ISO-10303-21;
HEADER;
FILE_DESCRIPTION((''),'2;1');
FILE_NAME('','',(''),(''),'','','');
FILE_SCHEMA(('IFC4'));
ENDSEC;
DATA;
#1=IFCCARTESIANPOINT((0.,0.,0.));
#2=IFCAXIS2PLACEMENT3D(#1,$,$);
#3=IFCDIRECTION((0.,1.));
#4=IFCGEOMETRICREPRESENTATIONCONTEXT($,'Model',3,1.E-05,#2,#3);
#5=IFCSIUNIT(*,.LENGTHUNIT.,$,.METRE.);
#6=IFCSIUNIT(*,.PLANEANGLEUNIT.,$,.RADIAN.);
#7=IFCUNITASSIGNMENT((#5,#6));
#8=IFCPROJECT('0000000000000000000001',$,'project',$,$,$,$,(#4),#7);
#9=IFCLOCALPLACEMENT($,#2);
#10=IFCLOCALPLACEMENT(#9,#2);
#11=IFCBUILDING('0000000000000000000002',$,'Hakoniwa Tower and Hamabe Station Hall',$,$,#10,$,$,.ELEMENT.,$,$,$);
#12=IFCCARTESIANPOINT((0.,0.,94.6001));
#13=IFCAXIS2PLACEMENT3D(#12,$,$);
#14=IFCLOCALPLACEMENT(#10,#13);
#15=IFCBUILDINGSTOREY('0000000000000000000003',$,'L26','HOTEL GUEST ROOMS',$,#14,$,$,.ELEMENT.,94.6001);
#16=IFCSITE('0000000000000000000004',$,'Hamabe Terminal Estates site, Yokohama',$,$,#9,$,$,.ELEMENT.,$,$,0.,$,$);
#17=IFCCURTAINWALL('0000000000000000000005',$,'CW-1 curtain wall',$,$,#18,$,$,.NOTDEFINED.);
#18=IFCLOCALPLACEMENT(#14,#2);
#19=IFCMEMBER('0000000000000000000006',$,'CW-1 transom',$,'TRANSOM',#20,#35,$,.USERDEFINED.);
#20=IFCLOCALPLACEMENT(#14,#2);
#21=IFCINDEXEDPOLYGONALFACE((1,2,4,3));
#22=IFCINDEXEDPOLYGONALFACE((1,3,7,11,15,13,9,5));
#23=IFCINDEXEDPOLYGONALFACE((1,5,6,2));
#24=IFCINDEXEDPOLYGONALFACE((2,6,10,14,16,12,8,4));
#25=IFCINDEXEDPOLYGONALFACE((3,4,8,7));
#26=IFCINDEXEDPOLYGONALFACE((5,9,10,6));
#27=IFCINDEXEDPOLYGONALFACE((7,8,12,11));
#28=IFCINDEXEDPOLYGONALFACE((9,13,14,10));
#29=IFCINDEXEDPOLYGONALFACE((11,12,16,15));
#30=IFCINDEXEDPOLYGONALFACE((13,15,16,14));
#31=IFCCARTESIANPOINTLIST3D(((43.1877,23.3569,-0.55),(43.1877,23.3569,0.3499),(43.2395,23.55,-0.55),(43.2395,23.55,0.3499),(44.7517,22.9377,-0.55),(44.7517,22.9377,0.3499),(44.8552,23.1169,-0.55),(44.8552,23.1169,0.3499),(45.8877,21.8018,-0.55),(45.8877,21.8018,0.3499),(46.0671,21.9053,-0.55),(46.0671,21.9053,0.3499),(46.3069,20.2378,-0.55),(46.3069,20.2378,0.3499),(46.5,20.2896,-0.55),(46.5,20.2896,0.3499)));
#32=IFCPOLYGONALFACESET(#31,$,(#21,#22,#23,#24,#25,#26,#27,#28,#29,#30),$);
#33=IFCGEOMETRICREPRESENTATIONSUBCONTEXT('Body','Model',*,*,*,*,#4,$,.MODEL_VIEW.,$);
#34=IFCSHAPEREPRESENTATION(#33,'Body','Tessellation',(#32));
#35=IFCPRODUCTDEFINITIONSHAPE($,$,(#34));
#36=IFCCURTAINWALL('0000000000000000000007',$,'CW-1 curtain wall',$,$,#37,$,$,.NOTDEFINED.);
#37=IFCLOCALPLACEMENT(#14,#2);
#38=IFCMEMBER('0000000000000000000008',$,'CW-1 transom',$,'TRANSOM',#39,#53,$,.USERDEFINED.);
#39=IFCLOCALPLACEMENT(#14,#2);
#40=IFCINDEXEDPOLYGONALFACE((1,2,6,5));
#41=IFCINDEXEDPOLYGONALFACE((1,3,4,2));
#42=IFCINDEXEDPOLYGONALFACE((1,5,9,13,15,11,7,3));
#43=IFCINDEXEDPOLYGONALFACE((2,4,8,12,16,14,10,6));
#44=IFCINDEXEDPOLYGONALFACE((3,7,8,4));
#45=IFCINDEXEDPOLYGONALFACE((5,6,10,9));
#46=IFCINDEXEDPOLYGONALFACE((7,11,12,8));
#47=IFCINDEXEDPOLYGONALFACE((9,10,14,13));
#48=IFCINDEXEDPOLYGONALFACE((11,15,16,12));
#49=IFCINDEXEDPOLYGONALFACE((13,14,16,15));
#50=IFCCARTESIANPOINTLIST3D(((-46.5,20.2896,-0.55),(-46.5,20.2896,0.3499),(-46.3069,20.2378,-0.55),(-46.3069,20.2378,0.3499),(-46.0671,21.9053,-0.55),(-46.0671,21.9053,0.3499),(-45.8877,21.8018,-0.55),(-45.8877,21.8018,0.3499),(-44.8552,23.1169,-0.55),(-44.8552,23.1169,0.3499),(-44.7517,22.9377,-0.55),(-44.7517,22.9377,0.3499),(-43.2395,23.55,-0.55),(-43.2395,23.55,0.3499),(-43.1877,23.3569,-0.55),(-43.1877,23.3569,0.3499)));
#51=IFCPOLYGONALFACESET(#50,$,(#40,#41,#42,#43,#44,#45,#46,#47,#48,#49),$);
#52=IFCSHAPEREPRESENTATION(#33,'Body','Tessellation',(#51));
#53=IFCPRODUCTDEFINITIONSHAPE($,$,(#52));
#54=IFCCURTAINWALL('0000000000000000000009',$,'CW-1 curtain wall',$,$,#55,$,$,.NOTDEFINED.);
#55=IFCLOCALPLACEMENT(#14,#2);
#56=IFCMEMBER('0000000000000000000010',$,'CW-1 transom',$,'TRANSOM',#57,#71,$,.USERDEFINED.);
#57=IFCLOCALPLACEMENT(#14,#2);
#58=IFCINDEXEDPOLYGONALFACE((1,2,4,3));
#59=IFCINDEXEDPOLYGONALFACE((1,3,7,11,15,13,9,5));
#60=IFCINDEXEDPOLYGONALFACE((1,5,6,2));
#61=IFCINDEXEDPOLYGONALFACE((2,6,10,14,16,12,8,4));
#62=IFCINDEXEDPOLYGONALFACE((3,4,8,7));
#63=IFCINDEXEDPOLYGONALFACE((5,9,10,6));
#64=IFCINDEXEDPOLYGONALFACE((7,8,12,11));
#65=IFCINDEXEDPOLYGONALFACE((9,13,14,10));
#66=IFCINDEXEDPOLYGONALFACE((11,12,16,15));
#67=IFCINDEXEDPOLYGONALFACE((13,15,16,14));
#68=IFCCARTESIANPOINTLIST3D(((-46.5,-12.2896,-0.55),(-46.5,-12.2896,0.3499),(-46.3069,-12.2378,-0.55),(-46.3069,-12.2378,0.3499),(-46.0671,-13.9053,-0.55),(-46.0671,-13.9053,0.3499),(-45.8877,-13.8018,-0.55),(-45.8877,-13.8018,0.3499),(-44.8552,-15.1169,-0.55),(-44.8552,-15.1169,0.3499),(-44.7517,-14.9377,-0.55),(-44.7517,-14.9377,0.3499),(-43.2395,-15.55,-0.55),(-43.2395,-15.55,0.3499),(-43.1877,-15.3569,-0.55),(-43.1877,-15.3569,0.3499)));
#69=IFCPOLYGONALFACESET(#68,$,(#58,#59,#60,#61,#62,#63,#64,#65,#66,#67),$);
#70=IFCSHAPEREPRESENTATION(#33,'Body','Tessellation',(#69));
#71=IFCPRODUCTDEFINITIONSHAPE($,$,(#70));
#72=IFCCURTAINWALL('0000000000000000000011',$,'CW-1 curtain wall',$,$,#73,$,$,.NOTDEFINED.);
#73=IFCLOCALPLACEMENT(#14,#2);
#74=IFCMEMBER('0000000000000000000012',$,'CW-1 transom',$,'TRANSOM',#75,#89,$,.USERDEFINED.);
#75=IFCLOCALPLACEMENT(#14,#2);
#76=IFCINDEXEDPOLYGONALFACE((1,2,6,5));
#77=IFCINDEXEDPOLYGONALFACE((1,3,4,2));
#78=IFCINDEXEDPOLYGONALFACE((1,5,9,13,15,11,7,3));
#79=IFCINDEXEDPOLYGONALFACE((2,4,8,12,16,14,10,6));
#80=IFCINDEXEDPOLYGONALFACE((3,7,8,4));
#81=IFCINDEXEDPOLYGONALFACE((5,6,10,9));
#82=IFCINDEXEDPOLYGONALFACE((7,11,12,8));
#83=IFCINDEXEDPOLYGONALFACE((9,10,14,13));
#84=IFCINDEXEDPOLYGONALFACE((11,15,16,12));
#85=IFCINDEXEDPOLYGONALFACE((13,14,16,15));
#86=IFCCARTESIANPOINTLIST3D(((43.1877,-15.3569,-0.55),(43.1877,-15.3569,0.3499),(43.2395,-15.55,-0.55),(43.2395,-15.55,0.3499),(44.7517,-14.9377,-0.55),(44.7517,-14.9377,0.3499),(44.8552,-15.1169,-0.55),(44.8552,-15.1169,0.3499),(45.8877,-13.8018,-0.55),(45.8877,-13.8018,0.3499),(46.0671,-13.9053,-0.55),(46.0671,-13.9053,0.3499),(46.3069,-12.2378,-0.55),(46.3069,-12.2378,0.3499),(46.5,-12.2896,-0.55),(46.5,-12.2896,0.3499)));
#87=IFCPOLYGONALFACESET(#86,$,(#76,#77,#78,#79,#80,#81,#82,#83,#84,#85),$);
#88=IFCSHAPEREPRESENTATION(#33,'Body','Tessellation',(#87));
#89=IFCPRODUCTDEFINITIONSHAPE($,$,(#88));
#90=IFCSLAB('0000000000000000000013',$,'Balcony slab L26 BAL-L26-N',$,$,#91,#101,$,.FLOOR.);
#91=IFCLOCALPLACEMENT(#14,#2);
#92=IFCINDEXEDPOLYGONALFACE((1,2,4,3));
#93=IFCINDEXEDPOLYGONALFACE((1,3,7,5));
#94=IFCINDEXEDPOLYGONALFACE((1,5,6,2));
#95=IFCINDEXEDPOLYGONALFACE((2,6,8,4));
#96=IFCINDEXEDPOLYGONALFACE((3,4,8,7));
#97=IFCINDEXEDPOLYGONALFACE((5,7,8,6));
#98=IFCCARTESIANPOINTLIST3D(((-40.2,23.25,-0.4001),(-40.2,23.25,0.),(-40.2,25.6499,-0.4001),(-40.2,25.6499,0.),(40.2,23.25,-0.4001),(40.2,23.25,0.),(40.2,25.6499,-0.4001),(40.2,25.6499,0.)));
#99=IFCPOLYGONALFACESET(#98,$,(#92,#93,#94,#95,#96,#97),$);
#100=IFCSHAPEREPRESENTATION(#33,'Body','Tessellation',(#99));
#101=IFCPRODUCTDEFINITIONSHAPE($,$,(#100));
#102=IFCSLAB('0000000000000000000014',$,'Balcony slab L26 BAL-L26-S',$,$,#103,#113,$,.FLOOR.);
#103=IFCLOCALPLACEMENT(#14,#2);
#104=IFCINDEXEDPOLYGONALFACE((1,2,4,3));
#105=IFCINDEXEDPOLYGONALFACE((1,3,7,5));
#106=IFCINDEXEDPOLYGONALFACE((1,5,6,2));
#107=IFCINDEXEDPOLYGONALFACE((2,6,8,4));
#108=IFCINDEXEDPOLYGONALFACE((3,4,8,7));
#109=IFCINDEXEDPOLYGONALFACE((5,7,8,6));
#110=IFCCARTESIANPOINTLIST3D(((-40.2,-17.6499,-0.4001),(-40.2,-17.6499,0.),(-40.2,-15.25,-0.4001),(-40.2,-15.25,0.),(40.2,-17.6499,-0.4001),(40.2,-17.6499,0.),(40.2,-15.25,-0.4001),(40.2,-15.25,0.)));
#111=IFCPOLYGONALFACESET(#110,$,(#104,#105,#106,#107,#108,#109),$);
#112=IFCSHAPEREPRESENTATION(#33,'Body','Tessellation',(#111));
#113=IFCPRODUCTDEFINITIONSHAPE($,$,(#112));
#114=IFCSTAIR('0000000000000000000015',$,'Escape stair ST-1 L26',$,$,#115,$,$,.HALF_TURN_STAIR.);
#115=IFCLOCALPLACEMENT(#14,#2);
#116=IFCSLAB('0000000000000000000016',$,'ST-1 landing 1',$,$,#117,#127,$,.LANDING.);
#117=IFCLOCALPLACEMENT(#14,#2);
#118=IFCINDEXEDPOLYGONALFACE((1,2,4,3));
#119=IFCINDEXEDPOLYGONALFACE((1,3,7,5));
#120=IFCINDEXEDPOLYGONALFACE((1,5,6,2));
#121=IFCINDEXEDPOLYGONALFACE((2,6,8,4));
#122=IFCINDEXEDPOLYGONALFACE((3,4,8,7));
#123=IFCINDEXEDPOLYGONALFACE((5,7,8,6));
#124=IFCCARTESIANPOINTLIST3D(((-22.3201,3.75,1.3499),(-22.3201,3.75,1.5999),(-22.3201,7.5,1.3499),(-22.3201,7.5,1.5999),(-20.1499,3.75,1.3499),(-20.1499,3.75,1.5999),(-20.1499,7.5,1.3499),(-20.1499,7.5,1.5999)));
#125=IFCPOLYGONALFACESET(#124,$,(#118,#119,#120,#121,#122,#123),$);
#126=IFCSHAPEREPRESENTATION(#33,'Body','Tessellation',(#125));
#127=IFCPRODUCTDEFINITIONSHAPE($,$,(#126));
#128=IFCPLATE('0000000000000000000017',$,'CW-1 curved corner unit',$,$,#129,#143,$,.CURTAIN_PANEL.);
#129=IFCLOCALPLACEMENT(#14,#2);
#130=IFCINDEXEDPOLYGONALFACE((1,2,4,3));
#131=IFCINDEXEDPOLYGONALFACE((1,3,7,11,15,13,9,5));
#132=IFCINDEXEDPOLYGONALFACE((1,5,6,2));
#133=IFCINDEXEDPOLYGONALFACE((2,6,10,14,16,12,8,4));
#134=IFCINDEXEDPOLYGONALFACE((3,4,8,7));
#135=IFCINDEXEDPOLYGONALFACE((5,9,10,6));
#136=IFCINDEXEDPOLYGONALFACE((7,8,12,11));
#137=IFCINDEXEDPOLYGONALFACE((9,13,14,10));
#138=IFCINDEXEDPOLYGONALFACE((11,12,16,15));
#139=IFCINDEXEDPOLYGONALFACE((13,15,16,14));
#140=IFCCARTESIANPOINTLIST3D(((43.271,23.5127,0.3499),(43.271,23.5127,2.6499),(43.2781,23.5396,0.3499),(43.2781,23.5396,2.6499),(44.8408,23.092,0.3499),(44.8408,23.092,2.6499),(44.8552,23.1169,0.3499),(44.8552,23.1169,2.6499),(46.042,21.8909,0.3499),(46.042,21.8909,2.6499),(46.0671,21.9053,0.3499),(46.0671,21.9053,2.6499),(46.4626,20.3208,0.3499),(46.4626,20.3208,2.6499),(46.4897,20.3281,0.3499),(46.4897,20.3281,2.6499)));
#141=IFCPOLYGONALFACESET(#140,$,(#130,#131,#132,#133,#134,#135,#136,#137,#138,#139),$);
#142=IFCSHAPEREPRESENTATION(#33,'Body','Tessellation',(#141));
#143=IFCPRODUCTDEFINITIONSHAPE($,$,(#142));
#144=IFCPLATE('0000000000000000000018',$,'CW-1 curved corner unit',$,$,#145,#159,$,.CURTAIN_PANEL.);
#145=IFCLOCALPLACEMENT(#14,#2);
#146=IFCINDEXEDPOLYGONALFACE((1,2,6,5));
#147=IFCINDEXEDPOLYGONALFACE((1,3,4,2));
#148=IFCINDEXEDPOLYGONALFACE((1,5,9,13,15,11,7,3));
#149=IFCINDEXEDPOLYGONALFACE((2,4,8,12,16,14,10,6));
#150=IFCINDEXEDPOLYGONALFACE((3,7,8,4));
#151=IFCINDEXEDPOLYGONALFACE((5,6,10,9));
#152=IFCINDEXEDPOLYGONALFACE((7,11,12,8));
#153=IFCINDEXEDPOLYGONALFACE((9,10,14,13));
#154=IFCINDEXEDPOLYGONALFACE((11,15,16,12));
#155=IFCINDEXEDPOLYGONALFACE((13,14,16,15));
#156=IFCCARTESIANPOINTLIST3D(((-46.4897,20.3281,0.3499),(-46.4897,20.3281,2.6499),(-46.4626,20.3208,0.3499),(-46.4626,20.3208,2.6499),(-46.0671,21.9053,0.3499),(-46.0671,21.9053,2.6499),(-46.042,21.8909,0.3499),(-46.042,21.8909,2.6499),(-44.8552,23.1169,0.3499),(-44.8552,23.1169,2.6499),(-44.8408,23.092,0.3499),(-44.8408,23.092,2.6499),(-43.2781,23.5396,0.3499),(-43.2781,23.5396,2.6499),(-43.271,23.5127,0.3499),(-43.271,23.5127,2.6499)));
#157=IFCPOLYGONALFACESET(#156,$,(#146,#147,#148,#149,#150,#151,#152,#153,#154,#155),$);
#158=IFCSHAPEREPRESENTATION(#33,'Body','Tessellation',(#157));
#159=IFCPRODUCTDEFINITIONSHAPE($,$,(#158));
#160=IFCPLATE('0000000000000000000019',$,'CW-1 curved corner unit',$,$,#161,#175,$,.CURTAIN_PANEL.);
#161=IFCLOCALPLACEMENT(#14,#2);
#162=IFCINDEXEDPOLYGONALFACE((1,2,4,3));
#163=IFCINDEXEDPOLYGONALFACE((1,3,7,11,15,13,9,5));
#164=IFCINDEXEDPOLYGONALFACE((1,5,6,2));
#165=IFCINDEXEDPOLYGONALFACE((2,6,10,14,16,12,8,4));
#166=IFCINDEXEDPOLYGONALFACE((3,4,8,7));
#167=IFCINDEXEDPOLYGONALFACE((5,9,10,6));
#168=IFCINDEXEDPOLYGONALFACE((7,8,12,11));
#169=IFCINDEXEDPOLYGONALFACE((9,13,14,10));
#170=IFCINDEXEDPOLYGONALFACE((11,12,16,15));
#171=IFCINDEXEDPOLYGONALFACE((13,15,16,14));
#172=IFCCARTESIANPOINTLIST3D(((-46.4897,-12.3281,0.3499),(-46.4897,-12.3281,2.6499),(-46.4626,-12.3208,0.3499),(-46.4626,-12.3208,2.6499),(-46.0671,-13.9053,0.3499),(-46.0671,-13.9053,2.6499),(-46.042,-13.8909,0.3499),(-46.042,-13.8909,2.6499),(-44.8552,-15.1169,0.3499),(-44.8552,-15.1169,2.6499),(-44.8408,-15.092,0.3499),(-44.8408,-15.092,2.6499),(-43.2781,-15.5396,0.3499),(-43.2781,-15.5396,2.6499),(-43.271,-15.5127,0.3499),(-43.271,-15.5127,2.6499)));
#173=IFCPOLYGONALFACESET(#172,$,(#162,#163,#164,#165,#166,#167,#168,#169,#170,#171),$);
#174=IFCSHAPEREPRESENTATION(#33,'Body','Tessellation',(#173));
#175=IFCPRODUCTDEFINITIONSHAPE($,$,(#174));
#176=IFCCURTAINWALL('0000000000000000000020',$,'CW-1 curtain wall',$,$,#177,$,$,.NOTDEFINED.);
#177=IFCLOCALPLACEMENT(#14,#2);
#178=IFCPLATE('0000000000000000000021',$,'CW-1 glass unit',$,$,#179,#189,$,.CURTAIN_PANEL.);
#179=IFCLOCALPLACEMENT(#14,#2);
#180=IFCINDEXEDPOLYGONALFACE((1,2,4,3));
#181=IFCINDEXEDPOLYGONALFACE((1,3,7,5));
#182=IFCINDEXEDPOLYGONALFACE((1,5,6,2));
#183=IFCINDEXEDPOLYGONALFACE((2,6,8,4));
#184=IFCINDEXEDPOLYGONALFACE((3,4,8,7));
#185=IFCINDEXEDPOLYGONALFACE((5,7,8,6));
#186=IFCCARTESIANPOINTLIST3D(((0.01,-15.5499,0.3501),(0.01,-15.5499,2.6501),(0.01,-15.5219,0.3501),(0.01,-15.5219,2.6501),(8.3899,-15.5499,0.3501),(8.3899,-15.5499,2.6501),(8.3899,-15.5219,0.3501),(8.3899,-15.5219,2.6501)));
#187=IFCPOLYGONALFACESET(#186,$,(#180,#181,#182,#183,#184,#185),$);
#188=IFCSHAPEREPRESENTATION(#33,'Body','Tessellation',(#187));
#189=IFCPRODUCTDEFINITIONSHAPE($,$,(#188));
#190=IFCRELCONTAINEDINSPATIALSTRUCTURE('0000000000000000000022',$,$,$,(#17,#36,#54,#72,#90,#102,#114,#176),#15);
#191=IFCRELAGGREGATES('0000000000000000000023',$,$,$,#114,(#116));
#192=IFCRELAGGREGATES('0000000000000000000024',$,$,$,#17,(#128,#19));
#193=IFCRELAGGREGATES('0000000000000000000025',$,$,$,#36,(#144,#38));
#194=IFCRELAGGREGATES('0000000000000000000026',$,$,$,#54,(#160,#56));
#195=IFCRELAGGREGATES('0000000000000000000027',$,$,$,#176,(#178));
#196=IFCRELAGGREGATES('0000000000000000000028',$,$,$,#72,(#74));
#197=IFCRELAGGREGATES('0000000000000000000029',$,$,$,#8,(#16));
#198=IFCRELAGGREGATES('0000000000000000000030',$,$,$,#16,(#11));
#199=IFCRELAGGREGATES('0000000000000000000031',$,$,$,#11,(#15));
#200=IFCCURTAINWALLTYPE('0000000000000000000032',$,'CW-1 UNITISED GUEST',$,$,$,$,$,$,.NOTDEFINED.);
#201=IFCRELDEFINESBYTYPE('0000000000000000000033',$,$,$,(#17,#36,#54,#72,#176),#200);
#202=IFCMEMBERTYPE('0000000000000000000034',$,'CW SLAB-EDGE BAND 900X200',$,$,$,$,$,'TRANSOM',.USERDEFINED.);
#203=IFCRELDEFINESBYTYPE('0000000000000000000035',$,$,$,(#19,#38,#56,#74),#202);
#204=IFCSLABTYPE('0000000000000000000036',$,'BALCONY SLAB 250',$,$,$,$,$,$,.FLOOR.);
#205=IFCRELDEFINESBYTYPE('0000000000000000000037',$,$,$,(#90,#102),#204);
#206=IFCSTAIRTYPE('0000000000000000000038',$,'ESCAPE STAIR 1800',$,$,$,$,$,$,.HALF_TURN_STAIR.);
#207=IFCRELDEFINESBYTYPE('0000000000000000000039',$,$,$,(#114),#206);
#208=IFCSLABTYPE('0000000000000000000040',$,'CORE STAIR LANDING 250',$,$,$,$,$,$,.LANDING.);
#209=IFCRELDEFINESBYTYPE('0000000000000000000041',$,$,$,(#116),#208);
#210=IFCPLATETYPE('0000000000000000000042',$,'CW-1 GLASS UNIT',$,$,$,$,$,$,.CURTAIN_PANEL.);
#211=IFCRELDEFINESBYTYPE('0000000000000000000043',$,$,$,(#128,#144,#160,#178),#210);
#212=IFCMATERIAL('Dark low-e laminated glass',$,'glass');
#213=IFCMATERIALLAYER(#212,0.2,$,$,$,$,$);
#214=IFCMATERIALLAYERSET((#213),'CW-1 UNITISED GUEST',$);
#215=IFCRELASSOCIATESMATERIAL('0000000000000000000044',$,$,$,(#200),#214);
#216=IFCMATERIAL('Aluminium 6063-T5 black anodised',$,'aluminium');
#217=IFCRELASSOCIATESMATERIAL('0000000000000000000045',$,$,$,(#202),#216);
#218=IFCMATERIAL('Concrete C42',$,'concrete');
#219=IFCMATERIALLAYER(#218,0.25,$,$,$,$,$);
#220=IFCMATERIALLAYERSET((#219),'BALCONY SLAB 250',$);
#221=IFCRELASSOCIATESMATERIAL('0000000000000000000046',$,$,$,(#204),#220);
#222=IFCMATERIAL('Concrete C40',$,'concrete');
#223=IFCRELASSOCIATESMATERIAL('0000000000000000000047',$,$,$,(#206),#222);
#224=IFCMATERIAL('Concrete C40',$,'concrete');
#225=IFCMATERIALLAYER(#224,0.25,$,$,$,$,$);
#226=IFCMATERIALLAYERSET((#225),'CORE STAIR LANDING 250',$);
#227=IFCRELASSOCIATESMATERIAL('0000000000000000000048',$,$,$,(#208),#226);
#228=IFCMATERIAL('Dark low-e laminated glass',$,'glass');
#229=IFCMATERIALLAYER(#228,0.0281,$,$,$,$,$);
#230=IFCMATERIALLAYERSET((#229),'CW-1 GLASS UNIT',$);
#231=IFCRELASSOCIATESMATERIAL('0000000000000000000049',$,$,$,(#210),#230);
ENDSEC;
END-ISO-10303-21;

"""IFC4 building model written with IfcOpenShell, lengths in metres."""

from ifc_helpers import new_model, si_unit, direction, frame, origin, origin_2d, place, context, subcontext, project, spatial, polyline, rectangle, outline, extrude, material, layer, layer_set, material_profile, profile_set, type_object, element, aggregate, save


model = new_model("IFC4")

# Units and contexts
model_context = context("Model", 3, precision=1e-05, world=origin(), true_north=direction((0.0, 1.0)))
body_context = subcontext(model_context, "Body", "Model", "MODEL_VIEW")
ifc_project = project(units=[si_unit("LENGTHUNIT", "METRE"), si_unit("PLANEANGLEUNIT", "RADIAN")], contexts=[model_context])

# Site, building, storey
site_placement = place(None, origin())
site = spatial("IfcSite", under=ifc_project, at=site_placement, Name="Hamabe Terminal Estates site, Yokohama", CompositionType="ELEMENT", RefElevation=0.0)
building_placement = place(site_placement, origin())
building = spatial("IfcBuilding", under=site, at=building_placement, Name="Hakoniwa Tower and Hamabe Station Hall", CompositionType="ELEMENT")
storey_placement = place(building_placement, frame((0.0, 0.0, 94.6001)))
storey = spatial("IfcBuildingStorey", under=building, at=storey_placement, Name="L26", Description="HOTEL GUEST ROOMS", CompositionType="ELEMENT", Elevation=94.6001)

# Curtain walls, members
ifc_material_1 = material(Name="Dark low-e laminated glass", Category="glass")
ifc_layer_1 = layer(ifc_material_1, 0.2)
ifc_layer_set_1 = layer_set([ifc_layer_1], Name="CW-1 UNITISED GUEST")
curtain_wall_type = type_object("IfcCurtainWallType", Name="CW-1 UNITISED GUEST", PredefinedType="NOTDEFINED", material=ifc_layer_set_1)
curtain_wall_1_placement = place(storey_placement, origin())
curtain_wall_1 = element("IfcCurtainWall", 1, at=curtain_wall_1_placement, inside=storey, type_object=curtain_wall_type, Name="CW-1 curtain wall", PredefinedType="NOTDEFINED")
ifc_material_2 = material(Name="Aluminium 6063-T5 black anodised", Category="aluminium")
ifc_material_profile = material_profile(ifc_material_2, rectangle(XDim=0.2, YDim=0.8999, at=origin_2d()), Name="CW SLAB-EDGE BAND 900X200")
ifc_profile_set = profile_set([ifc_material_profile], Name="Aluminium 6063-T5 black anodised")
member_type = type_object("IfcMemberType", Name="CW SLAB-EDGE BAND 900X200", ElementType="TRANSOM", PredefinedType="USERDEFINED", material=ifc_profile_set)
member_1_placement = place(storey_placement, frame((0.0, 0.0, -0.55)))
member_1 = element("IfcMember", 2, at=member_1_placement, type_object=member_type, Name="CW-1 transom", ObjectType="TRANSOM", PredefinedType="USERDEFINED", context=body_context, shape_type="SweptSolid", body=[
    extrude(outline(polyline([(46.5, 20.2896), (46.0671, 21.9053), (44.8552, 23.1169), (43.2395, 23.55), (43.1877, 23.3569), (44.7517, 22.9377), (45.8877, 21.8018), (46.3069, 20.2378), (46.5, 20.2896)])), origin(), (0.0, 0.0, 1.0), 0.8999),
])
curtain_wall_2_placement = place(storey_placement, origin())
curtain_wall_2 = element("IfcCurtainWall", 3, at=curtain_wall_2_placement, inside=storey, type_object=curtain_wall_type, Name="CW-1 curtain wall", PredefinedType="NOTDEFINED")
member_2_placement = place(storey_placement, frame((0.0, 0.0, -0.55)))
member_2 = element("IfcMember", 4, at=member_2_placement, type_object=member_type, Name="CW-1 transom", ObjectType="TRANSOM", PredefinedType="USERDEFINED", context=body_context, shape_type="SweptSolid", body=[
    extrude(outline(polyline([(-43.2395, 23.55), (-44.8552, 23.1169), (-46.0671, 21.9053), (-46.5, 20.2896), (-46.3069, 20.2378), (-45.8877, 21.8018), (-44.7517, 22.9377), (-43.1877, 23.3569), (-43.2395, 23.55)])), origin(), (0.0, 0.0, 1.0), 0.8999),
])
curtain_wall_3_placement = place(storey_placement, origin())
curtain_wall_3 = element("IfcCurtainWall", 5, at=curtain_wall_3_placement, inside=storey, type_object=curtain_wall_type, Name="CW-1 curtain wall", PredefinedType="NOTDEFINED")
member_3_placement = place(storey_placement, frame((0.0, 0.0, -0.55)))
member_3 = element("IfcMember", 6, at=member_3_placement, type_object=member_type, Name="CW-1 transom", ObjectType="TRANSOM", PredefinedType="USERDEFINED", context=body_context, shape_type="SweptSolid", body=[
    extrude(outline(polyline([(-46.5, -12.2896), (-46.0671, -13.9053), (-44.8552, -15.1169), (-43.2395, -15.55), (-43.1877, -15.3569), (-44.7517, -14.9377), (-45.8877, -13.8018), (-46.3069, -12.2378), (-46.5, -12.2896)])), origin(), (0.0, 0.0, 1.0), 0.8999),
])
curtain_wall_4_placement = place(storey_placement, origin())
curtain_wall_4 = element("IfcCurtainWall", 7, at=curtain_wall_4_placement, inside=storey, type_object=curtain_wall_type, Name="CW-1 curtain wall", PredefinedType="NOTDEFINED")
member_4_placement = place(storey_placement, frame((0.0, 0.0, -0.55)))
member_4 = element("IfcMember", 8, at=member_4_placement, type_object=member_type, Name="CW-1 transom", ObjectType="TRANSOM", PredefinedType="USERDEFINED", context=body_context, shape_type="SweptSolid", body=[
    extrude(outline(polyline([(43.2395, -15.55), (44.8552, -15.1169), (46.0671, -13.9053), (46.5, -12.2896), (46.3069, -12.2378), (45.8877, -13.8018), (44.7517, -14.9377), (43.1877, -15.3569), (43.2395, -15.55)])), origin(), (0.0, 0.0, 1.0), 0.8999),
])

# Slabs
ifc_material_3 = material(Name="Concrete C42", Category="concrete")
ifc_layer_2 = layer(ifc_material_3, 0.25)
ifc_layer_set_2 = layer_set([ifc_layer_2], Name="BALCONY SLAB 250")
slab_type_1 = type_object("IfcSlabType", Name="BALCONY SLAB 250", PredefinedType="FLOOR", material=ifc_layer_set_2)
slab_1_placement = place(storey_placement, frame((0.0, 0.0, -0.4001)))
element("IfcSlab", 9, at=slab_1_placement, inside=storey, type_object=slab_type_1, Name="Balcony slab L26 BAL-L26-N", PredefinedType="FLOOR", context=body_context, shape_type="SweptSolid", body=[
    extrude(outline(polyline([(-40.2, 23.25), (40.2, 23.25), (40.2, 25.6499), (-40.2, 25.6499), (-40.2, 23.25)])), origin(), (0.0, 0.0, 1.0), 0.4001),
])
slab_2_placement = place(storey_placement, frame((0.0, 0.0, -0.4001)))
element("IfcSlab", 10, at=slab_2_placement, inside=storey, type_object=slab_type_1, Name="Balcony slab L26 BAL-L26-S", PredefinedType="FLOOR", context=body_context, shape_type="SweptSolid", body=[
    extrude(outline(polyline([(-40.2, -17.6499), (40.2, -17.6499), (40.2, -15.25), (-40.2, -15.25), (-40.2, -17.6499)])), origin(), (0.0, 0.0, 1.0), 0.4001),
])

# Stair, slab
ifc_material_4 = material(Name="Concrete C40", Category="concrete")
stair_type = type_object("IfcStairType", Name="ESCAPE STAIR 1800", PredefinedType="HALF_TURN_STAIR", material=ifc_material_4)
stair_placement = place(storey_placement, origin())
stair = element("IfcStair", 11, at=stair_placement, inside=storey, type_object=stair_type, Name="Escape stair ST-1 L26", PredefinedType="HALF_TURN_STAIR")
ifc_material_5 = material(Name="Concrete C40", Category="concrete")
ifc_layer_3 = layer(ifc_material_5, 0.25)
ifc_layer_set_3 = layer_set([ifc_layer_3], Name="CORE STAIR LANDING 250")
slab_type_2 = type_object("IfcSlabType", Name="CORE STAIR LANDING 250", PredefinedType="LANDING", material=ifc_layer_set_3)
slab_3_placement = place(storey_placement, frame((0.0, 0.0, 1.3499)))
slab_3 = element("IfcSlab", 12, at=slab_3_placement, type_object=slab_type_2, Name="ST-1 landing 1", PredefinedType="LANDING", context=body_context, shape_type="SweptSolid", body=[
    extrude(outline(polyline([(-22.3201, 3.75), (-20.1499, 3.75), (-20.1499, 7.5), (-22.3201, 7.5), (-22.3201, 3.75)])), origin(), (0.0, 0.0, 1.0), 0.25),
])
aggregate(stair, [slab_3])

# Plates
ifc_material_6 = material(Name="Dark low-e laminated glass", Category="glass")
ifc_layer_4 = layer(ifc_material_6, 0.0281)
ifc_layer_set_4 = layer_set([ifc_layer_4], Name="CW-1 GLASS UNIT")
plate_type = type_object("IfcPlateType", Name="CW-1 GLASS UNIT", PredefinedType="CURTAIN_PANEL", material=ifc_layer_set_4)
plate_1_placement = place(storey_placement, frame((0.0, 0.0, 0.3499)))
plate_1 = element("IfcPlate", 13, at=plate_1_placement, type_object=plate_type, Name="CW-1 curved corner unit", PredefinedType="CURTAIN_PANEL", context=body_context, shape_type="SweptSolid", body=[
    extrude(outline(polyline([(46.4897, 20.3281), (46.0671, 21.9053), (44.8552, 23.1169), (43.2781, 23.5396), (43.271, 23.5127), (44.8408, 23.092), (46.042, 21.8909), (46.4626, 20.3208), (46.4897, 20.3281)])), origin(), (0.0, 0.0, 1.0), 2.3),
])
aggregate(curtain_wall_1, [plate_1, member_1])
plate_2_placement = place(storey_placement, frame((0.0, 0.0, 0.3499)))
plate_2 = element("IfcPlate", 14, at=plate_2_placement, type_object=plate_type, Name="CW-1 curved corner unit", PredefinedType="CURTAIN_PANEL", context=body_context, shape_type="SweptSolid", body=[
    extrude(outline(polyline([(-43.2781, 23.5396), (-44.8552, 23.1169), (-46.0671, 21.9053), (-46.4897, 20.3281), (-46.4626, 20.3208), (-46.042, 21.8909), (-44.8408, 23.092), (-43.271, 23.5127), (-43.2781, 23.5396)])), origin(), (0.0, 0.0, 1.0), 2.3),
])
aggregate(curtain_wall_2, [plate_2, member_2])
plate_3_placement = place(storey_placement, frame((0.0, 0.0, 0.3499)))
plate_3 = element("IfcPlate", 15, at=plate_3_placement, type_object=plate_type, Name="CW-1 curved corner unit", PredefinedType="CURTAIN_PANEL", context=body_context, shape_type="SweptSolid", body=[
    extrude(outline(polyline([(-46.4897, -12.3281), (-46.0671, -13.9053), (-44.8552, -15.1169), (-43.2781, -15.5396), (-43.271, -15.5127), (-44.8408, -15.092), (-46.042, -13.8909), (-46.4626, -12.3208), (-46.4897, -12.3281)])), origin(), (0.0, 0.0, 1.0), 2.3),
])
aggregate(curtain_wall_3, [plate_3, member_3])

# Curtain wall, plate
curtain_wall_5_placement = place(storey_placement, origin())
curtain_wall_5 = element("IfcCurtainWall", 16, at=curtain_wall_5_placement, inside=storey, type_object=curtain_wall_type, Name="CW-1 curtain wall", PredefinedType="NOTDEFINED")
plate_4_placement = place(storey_placement, frame((4.2, -15.5359, 0.3501), z_axis=(0.0, 0.0, 1.0), x_axis=(1.0, 0.0, 0.0)))
plate_4 = element("IfcPlate", 17, at=plate_4_placement, type_object=plate_type, Name="CW-1 glass unit", PredefinedType="CURTAIN_PANEL", context=body_context, shape_type="SweptSolid", body=[
    extrude(rectangle(XDim=8.3799, YDim=0.0281, at=origin_2d()), origin(), (0.0, 0.0, 1.0), 2.3),
])
aggregate(curtain_wall_5, [plate_4])

aggregate(curtain_wall_4, [member_4])

save(model, "model.ifc")
